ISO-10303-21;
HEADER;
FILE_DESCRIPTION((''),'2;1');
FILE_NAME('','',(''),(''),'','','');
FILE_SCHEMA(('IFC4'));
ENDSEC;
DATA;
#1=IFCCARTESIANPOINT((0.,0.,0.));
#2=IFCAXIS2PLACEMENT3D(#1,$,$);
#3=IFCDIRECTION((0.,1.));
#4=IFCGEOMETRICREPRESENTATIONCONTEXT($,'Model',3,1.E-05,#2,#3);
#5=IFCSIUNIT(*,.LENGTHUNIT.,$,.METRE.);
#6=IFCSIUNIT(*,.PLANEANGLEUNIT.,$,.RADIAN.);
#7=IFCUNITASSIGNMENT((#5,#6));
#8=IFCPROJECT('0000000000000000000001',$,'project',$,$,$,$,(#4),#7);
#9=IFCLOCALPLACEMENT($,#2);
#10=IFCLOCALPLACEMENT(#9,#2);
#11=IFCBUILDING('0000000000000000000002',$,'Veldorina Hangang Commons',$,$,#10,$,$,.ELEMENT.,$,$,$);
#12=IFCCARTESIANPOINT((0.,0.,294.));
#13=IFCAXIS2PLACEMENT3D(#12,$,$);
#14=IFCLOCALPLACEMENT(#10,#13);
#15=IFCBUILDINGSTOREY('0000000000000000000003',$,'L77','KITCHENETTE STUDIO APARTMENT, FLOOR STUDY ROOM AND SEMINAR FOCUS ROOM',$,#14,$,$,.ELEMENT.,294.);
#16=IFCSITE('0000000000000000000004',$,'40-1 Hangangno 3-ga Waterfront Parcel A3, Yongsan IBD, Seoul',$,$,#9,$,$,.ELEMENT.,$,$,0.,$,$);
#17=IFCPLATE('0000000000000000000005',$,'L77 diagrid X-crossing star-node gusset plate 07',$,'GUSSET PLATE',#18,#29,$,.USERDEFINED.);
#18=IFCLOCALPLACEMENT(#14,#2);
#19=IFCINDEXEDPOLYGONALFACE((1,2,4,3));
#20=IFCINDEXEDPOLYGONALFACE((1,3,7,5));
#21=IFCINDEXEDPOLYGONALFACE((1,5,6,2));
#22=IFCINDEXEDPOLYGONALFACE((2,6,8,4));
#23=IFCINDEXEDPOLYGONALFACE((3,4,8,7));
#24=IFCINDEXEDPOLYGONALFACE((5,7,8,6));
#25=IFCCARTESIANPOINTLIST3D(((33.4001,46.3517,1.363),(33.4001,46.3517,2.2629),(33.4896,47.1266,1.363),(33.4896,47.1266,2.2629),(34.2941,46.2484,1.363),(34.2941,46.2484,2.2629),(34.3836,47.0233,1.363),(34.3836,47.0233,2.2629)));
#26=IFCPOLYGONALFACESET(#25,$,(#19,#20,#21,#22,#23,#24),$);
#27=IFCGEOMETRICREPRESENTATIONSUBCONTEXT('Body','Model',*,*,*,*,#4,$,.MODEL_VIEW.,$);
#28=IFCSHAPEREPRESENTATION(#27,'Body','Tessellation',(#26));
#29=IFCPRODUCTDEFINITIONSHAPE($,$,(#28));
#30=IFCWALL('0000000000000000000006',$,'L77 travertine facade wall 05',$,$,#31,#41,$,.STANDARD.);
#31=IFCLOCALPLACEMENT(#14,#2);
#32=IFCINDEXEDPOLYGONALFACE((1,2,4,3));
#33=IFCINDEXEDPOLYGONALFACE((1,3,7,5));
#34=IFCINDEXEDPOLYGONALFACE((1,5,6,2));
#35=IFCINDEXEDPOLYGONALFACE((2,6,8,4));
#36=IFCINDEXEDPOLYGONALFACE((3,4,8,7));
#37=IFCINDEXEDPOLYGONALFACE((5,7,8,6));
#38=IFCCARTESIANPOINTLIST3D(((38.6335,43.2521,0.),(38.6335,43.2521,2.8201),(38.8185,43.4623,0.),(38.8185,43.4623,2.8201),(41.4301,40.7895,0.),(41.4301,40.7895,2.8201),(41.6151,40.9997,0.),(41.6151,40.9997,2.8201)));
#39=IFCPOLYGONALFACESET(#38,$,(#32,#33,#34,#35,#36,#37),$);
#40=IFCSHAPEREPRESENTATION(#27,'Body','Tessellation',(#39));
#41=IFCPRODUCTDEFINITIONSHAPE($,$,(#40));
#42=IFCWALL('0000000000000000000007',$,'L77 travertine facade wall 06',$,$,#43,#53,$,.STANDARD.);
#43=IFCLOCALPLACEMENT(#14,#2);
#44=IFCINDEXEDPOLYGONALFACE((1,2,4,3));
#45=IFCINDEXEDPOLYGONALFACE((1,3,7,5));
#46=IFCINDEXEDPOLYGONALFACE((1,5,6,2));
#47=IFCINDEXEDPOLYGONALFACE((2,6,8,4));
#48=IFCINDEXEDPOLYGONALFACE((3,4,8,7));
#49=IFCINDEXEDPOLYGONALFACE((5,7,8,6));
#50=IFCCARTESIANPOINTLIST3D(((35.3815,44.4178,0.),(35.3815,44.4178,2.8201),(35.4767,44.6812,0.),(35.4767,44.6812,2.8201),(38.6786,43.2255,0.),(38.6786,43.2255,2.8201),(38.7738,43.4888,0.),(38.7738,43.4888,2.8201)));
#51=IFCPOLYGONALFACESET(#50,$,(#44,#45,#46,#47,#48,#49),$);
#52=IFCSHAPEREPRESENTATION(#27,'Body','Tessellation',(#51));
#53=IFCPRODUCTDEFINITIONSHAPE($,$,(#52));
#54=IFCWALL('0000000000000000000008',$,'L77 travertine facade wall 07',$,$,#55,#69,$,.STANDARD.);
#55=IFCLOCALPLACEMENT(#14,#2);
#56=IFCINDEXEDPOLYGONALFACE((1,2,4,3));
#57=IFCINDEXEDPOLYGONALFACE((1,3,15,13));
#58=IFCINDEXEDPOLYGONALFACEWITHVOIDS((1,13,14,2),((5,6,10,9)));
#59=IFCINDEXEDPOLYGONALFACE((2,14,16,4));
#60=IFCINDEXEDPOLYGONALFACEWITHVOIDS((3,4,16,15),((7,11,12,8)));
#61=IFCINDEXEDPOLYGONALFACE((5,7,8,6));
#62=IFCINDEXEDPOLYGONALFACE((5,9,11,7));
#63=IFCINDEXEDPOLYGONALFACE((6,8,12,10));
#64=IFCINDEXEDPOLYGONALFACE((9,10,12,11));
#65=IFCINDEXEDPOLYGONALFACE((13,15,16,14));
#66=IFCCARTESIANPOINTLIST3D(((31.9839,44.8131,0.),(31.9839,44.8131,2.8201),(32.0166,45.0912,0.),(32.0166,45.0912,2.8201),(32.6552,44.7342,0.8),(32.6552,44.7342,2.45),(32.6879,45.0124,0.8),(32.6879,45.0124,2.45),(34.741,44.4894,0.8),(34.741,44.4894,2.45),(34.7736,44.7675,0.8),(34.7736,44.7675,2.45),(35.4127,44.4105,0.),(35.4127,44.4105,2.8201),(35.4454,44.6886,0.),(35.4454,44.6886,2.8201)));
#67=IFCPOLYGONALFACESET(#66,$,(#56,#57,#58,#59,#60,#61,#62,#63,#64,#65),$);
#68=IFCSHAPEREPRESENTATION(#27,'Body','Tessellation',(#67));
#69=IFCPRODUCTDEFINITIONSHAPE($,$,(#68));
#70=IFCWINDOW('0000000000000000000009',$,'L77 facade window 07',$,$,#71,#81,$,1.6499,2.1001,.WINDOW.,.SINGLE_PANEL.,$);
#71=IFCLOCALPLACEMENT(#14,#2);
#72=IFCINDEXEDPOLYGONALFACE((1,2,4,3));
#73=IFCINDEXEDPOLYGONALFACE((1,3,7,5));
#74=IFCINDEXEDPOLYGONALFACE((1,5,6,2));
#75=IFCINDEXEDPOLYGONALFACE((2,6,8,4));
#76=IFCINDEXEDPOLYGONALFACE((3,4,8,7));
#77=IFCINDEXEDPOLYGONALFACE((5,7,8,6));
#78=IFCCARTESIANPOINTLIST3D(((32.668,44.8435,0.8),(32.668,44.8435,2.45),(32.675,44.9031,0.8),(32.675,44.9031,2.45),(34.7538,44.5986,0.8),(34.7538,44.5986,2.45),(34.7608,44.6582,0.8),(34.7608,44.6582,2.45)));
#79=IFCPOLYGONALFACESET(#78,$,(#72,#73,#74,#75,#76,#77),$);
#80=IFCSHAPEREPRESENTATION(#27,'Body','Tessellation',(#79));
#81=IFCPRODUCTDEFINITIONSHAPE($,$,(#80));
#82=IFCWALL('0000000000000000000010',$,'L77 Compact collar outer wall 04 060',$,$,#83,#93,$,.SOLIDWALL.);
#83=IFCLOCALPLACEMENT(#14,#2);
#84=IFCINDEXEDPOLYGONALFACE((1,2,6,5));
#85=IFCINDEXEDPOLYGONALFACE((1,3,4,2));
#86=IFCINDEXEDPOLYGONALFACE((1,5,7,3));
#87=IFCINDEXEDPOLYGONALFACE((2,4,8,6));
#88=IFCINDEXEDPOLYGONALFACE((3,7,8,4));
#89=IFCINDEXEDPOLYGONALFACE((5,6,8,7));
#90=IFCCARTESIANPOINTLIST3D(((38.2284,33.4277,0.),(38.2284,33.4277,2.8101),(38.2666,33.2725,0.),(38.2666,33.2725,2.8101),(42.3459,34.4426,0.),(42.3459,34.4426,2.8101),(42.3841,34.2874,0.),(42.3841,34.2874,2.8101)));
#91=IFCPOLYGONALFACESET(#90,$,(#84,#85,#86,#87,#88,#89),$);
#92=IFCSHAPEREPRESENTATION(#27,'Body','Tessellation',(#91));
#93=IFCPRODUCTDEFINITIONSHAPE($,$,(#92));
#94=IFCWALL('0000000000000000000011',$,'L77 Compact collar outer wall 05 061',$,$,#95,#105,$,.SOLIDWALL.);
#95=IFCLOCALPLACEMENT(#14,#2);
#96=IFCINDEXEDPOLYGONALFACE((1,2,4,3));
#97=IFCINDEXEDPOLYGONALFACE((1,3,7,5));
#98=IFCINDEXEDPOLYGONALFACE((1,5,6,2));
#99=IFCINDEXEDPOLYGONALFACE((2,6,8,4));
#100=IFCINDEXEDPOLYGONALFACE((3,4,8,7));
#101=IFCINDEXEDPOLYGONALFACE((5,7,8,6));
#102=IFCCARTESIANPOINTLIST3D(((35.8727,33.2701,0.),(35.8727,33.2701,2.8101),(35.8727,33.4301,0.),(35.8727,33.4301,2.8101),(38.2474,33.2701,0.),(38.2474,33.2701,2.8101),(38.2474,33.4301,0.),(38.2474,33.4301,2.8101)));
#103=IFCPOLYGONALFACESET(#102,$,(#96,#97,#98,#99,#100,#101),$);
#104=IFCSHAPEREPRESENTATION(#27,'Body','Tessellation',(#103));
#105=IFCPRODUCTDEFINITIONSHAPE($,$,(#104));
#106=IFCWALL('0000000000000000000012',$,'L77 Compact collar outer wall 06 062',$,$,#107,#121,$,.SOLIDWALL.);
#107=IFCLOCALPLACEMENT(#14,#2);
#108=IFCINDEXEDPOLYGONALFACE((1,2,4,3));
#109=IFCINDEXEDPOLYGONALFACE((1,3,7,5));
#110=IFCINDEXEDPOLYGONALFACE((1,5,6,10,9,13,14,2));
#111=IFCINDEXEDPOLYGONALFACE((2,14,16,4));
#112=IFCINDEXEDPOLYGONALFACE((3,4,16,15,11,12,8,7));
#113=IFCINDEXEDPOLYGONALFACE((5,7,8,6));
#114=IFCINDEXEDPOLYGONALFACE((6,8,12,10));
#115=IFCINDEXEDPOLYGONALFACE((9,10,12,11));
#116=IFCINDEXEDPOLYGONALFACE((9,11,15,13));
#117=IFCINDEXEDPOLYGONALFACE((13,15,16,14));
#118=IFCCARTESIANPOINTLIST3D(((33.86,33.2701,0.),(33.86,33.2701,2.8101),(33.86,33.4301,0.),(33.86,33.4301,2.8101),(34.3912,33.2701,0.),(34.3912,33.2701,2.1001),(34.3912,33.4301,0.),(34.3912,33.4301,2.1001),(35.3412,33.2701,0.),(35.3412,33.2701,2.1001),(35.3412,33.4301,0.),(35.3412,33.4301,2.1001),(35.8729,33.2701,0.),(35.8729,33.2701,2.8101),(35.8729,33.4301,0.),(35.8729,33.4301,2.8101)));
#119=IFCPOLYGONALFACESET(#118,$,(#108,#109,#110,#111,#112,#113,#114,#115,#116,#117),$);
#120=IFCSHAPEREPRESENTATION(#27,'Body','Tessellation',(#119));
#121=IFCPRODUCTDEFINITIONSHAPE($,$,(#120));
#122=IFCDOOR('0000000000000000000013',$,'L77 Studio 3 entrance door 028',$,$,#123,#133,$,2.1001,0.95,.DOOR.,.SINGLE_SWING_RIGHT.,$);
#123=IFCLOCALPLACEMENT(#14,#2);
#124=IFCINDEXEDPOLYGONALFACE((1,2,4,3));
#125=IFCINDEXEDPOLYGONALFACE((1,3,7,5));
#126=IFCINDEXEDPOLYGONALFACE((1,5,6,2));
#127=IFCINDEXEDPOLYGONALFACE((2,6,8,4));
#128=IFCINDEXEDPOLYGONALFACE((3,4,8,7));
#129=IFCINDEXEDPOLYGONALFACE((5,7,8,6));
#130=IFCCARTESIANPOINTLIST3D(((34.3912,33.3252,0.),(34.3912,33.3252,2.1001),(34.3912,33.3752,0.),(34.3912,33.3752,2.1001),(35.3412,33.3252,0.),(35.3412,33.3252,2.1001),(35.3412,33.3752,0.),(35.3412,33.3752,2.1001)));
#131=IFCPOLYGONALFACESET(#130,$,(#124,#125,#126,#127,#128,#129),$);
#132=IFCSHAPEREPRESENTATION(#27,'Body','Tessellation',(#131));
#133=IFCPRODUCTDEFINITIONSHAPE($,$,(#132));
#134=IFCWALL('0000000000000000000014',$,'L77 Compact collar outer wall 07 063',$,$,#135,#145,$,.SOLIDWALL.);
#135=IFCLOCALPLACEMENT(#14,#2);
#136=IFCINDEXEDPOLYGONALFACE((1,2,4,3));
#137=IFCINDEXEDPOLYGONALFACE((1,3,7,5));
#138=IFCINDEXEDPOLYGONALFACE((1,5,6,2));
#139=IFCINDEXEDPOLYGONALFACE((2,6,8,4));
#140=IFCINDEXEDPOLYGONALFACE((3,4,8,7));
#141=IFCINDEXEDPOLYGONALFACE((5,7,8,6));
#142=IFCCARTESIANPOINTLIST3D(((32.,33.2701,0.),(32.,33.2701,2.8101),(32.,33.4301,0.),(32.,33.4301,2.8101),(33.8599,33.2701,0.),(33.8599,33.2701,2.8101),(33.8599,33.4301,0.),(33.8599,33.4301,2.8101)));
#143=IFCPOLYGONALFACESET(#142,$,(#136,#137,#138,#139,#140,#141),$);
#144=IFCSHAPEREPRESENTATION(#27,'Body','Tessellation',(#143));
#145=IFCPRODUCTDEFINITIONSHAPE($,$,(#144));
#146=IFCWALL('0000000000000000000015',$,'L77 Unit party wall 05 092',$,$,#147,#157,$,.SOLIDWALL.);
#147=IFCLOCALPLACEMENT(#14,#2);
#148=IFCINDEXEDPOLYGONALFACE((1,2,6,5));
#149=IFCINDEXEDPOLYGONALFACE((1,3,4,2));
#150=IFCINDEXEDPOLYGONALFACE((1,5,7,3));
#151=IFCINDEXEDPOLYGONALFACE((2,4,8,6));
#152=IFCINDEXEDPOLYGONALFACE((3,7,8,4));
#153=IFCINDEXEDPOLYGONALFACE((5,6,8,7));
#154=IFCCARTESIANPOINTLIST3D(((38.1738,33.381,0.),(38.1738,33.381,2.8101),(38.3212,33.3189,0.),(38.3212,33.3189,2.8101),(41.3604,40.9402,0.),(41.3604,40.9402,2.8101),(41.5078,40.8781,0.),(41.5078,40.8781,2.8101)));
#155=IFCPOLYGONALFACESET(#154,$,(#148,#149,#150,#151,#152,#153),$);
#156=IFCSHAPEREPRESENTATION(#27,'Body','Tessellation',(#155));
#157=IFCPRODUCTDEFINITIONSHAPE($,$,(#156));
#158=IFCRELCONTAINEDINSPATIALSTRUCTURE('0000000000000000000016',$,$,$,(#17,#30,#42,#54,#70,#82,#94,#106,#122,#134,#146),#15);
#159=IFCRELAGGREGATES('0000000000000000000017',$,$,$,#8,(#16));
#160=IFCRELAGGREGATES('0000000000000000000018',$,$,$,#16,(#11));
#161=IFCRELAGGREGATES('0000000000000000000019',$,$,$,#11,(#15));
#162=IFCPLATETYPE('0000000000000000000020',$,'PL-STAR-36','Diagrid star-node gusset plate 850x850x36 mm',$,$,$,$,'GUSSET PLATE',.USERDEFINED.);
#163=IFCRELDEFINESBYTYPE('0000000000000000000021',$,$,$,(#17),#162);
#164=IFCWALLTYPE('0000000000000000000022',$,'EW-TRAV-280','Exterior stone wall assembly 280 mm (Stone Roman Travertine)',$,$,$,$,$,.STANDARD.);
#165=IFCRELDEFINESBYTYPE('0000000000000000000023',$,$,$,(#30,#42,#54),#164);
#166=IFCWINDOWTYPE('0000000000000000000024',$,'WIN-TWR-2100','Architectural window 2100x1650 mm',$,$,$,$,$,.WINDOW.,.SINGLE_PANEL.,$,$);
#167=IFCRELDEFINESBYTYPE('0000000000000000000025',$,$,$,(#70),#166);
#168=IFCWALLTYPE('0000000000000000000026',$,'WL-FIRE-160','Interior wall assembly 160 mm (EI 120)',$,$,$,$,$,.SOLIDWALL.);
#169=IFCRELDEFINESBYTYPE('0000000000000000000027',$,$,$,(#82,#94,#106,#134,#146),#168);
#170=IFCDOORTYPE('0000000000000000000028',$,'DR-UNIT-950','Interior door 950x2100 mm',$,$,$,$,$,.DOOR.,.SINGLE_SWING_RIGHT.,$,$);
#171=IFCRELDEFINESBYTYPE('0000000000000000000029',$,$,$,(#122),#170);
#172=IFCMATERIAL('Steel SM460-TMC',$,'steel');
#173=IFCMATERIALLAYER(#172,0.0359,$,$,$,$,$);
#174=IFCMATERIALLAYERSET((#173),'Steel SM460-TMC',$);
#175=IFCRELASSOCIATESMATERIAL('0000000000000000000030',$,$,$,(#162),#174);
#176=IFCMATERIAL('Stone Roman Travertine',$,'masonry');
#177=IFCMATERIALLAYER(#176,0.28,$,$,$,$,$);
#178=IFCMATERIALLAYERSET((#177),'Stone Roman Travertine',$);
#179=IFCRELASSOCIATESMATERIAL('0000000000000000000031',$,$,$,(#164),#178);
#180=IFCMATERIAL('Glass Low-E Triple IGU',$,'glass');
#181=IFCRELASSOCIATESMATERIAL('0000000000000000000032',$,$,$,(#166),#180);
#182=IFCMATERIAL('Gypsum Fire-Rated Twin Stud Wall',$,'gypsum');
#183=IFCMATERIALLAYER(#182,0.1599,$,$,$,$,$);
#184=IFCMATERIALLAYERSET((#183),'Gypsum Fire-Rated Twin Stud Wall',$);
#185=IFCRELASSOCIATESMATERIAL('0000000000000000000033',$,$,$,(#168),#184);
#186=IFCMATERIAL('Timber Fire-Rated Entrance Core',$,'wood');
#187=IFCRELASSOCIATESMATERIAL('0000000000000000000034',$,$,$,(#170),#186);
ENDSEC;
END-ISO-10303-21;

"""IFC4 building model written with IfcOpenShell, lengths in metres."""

from ifc_helpers import new_model, si_unit, direction, frame, frame_2d, origin, origin_2d, place, context, subcontext, project, spatial, rectangle, extrude, material, layer, layer_set, type_object, element, fill, save


model = new_model("IFC4")

# Units and contexts
model_context = context("Model", 3, precision=1e-05, world=origin(), true_north=direction((0.0, 1.0)))
body_context = subcontext(model_context, "Body", "Model", "MODEL_VIEW")
ifc_project = project(units=[si_unit("LENGTHUNIT", "METRE"), si_unit("PLANEANGLEUNIT", "RADIAN")], contexts=[model_context])

# Site, building, storey
site_placement = place(None, origin())
site = spatial("IfcSite", under=ifc_project, at=site_placement, Name="40-1 Hangangno 3-ga Waterfront Parcel A3, Yongsan IBD, Seoul", CompositionType="ELEMENT", RefElevation=0.0)
building_placement = place(site_placement, origin())
building = spatial("IfcBuilding", under=site, at=building_placement, Name="Veldorina Hangang Commons", CompositionType="ELEMENT")
storey_placement = place(building_placement, frame((0.0, 0.0, 294.0)))
storey = spatial("IfcBuildingStorey", under=building, at=storey_placement, Name="L77", Description="KITCHENETTE STUDIO APARTMENT, FLOOR STUDY ROOM AND SEMINAR FOCUS ROOM", CompositionType="ELEMENT", Elevation=294.0)

# Shared definitions
ifc_material_1 = material(Name="Steel SM460-TMC", Category="steel")

# Plate
ifc_layer_1 = layer(ifc_material_1, 0.0359)
ifc_layer_set_1 = layer_set([ifc_layer_1], Name="Steel SM460-TMC")
plate_type = type_object("IfcPlateType", Name="PL-STAR-36", Description="Diagrid star-node gusset plate 850x850x36 mm", ElementType="GUSSET PLATE", PredefinedType="USERDEFINED", material=ifc_layer_set_1)
plate_1_placement = place(storey_placement, frame((33.8918, 46.6875, 1.363), z_axis=(0.0, 0.0, 1.0), x_axis=(-0.993397, 0.114729, 0.0)))
element("IfcPlate", 1, at=plate_1_placement, inside=storey, type_object=plate_type, Name="L77 diagrid X-crossing star-node gusset plate 07", ObjectType="GUSSET PLATE", PredefinedType="USERDEFINED", context=body_context, shape_type="SweptSolid", body=[
    extrude(rectangle(XDim=0.8999, YDim=0.78, at=origin_2d()), origin(), (0.0, 0.0, 1.0), 0.8999),
])

# Walls
ifc_material_2 = material(Name="Stone Roman Travertine", Category="masonry")
ifc_layer_2 = layer(ifc_material_2, 0.28)
ifc_layer_set_2 = layer_set([ifc_layer_2], Name="Stone Roman Travertine")
wall_type_1 = type_object("IfcWallType", Name="EW-TRAV-280", Description="Exterior stone wall assembly 280 mm (Stone Roman Travertine)", PredefinedType="STANDARD", material=ifc_layer_set_2)
wall_1_placement = place(storey_placement, frame((41.5227, 40.8945, 0.0), z_axis=(0.0, 0.0, 1.0), x_axis=(-0.750499, 0.660872, 0.0)))
element("IfcWall", 2, at=wall_1_placement, inside=storey, type_object=wall_type_1, Name="L77 travertine facade wall 05", PredefinedType="STANDARD", context=body_context, shape_type="SweptSolid", body=[
    extrude(rectangle(XDim=3.7263, YDim=0.28, at=frame_2d((1.8633, 0.0))), origin(), (0.0, 0.0, 1.0), 2.8201),
])
wall_2_placement = place(storey_placement, frame((38.7261, 43.3572, 0.0), z_axis=(0.0, 0.0, 1.0), x_axis=(-0.940394, 0.340088, 0.0)))
element("IfcWall", 3, at=wall_2_placement, inside=storey, type_object=wall_type_1, Name="L77 travertine facade wall 06", PredefinedType="STANDARD", context=body_context, shape_type="SweptSolid", body=[
    extrude(rectangle(XDim=3.5061, YDim=0.28, at=frame_2d((1.7529, 0.0))), origin(), (0.0, 0.0, 1.0), 2.8201),
])

# Wall, opening, window
wall_3_placement = place(storey_placement, frame((35.429, 44.5496, 0.0), z_axis=(0.0, 0.0, 1.0), x_axis=(-0.993178, 0.116607, 0.0)))
wall_3 = element("IfcWall", 4, at=wall_3_placement, inside=storey, type_object=wall_type_1, Name="L77 travertine facade wall 07", PredefinedType="STANDARD", context=body_context, shape_type="SweptSolid", body=[
    extrude(rectangle(XDim=3.4524, YDim=0.28, at=frame_2d((1.7261, 0.0))), origin(), (0.0, 0.0, 1.0), 2.8201),
])
opening_1_placement = place(wall_3_placement, frame((0.6763, 0.0, 0.8)))
opening_1 = element("IfcOpeningElement", 5, at=opening_1_placement, cuts=wall_3, PredefinedType="OPENING", context=body_context, shape_type="SweptSolid", body=[
    extrude(rectangle(XDim=2.1001, YDim=1.6499, at=frame_2d((1.05, 0.825))), frame((0.0, 0.1499, 0.0), z_axis=(0.0, -1.0, 0.0), x_axis=(1.0, 0.0, 0.0)), (0.0, 0.0, 1.0), 0.3),
])
ifc_material_3 = material(Name="Glass Low-E Triple IGU", Category="glass")
window_type = type_object("IfcWindowType", Name="WIN-TWR-2100", Description="Architectural window 2100x1650 mm", PartitioningType="SINGLE_PANEL", PredefinedType="WINDOW", material=ifc_material_3)
window_placement = place(opening_1_placement, origin())
window = element("IfcWindow", 6, at=window_placement, inside=storey, type_object=window_type, Name="L77 facade window 07", OverallHeight=1.6499, OverallWidth=2.1001, PartitioningType="SINGLE_PANEL", PredefinedType="WINDOW", context=body_context, shape_type="SweptSolid", body=[
    extrude(rectangle(XDim=2.1001, YDim=1.6499, at=frame_2d((1.05, 0.825))), frame((0.0, 0.03, 0.0), z_axis=(0.0, -1.0, 0.0), x_axis=(1.0, 0.0, 0.0)), (0.0, 0.0, 1.0), 0.0601),
])
fill(opening_1, window)

# Walls
ifc_material_4 = material(Name="Gypsum Fire-Rated Twin Stud Wall", Category="gypsum")
ifc_layer_3 = layer(ifc_material_4, 0.1599)
ifc_layer_set_3 = layer_set([ifc_layer_3], Name="Gypsum Fire-Rated Twin Stud Wall")
wall_type_2 = type_object("IfcWallType", Name="WL-FIRE-160", Description="Interior wall assembly 160 mm (EI 120)", PredefinedType="SOLIDWALL", material=ifc_layer_set_3)
wall_4_placement = place(storey_placement, frame((42.365, 34.365, 0.0), z_axis=(0.0, 0.0, 1.0), x_axis=(-0.97094, -0.239324, 0.0)))
element("IfcWall", 7, at=wall_4_placement, inside=storey, type_object=wall_type_2, Name="L77 Compact collar outer wall 04 060", PredefinedType="SOLIDWALL", context=body_context, shape_type="SweptSolid", body=[
    extrude(rectangle(XDim=4.2407, YDim=0.1599, at=frame_2d((2.1204, 0.0))), origin(), (0.0, 0.0, 1.0), 2.8101),
])
wall_5_placement = place(storey_placement, frame((38.2476, 33.3501, 0.0), z_axis=(0.0, 0.0, 1.0), x_axis=(-1.0, 0.0, 0.0)))
element("IfcWall", 8, at=wall_5_placement, inside=storey, type_object=wall_type_2, Name="L77 Compact collar outer wall 05 061", PredefinedType="SOLIDWALL", context=body_context, shape_type="SweptSolid", body=[
    extrude(rectangle(XDim=2.3748, YDim=0.1599, at=frame_2d((1.1875, 0.0))), origin(), (0.0, 0.0, 1.0), 2.8101),
])

# Wall, opening, door
wall_6_placement = place(storey_placement, frame((35.8728, 33.3501, 0.0), z_axis=(0.0, 0.0, 1.0), x_axis=(-1.0, 0.0, 0.0)))
wall_6 = element("IfcWall", 9, at=wall_6_placement, inside=storey, type_object=wall_type_2, Name="L77 Compact collar outer wall 06 062", PredefinedType="SOLIDWALL", context=body_context, shape_type="SweptSolid", body=[
    extrude(rectangle(XDim=2.0129, YDim=0.1599, at=frame_2d((1.0063, 0.0))), origin(), (0.0, 0.0, 1.0), 2.8101),
])
opening_2_placement = place(wall_6_placement, frame((0.5315, 0.0, 0.0)))
opening_2 = element("IfcOpeningElement", 10, at=opening_2_placement, cuts=wall_6, PredefinedType="OPENING", context=body_context, shape_type="SweptSolid", body=[
    extrude(rectangle(XDim=0.95, YDim=2.1001, at=frame_2d((0.4751, 1.05))), frame((0.0, 0.0898, 0.0), z_axis=(0.0, -1.0, 0.0), x_axis=(1.0, 0.0, 0.0)), (0.0, 0.0, 1.0), 0.1799),
])
ifc_material_5 = material(Name="Timber Fire-Rated Entrance Core", Category="wood")
door_type_1 = type_object("IfcDoorType", Name="DR-UNIT-950", Description="Interior door 950x2100 mm", OperationType="SINGLE_SWING_RIGHT", PredefinedType="DOOR", material=ifc_material_5)
door_1_placement = place(opening_2_placement, origin())
door_1 = element("IfcDoor", 11, at=door_1_placement, inside=storey, type_object=door_type_1, Name="L77 Studio 3 entrance door 028", OperationType="SINGLE_SWING_RIGHT", OverallHeight=2.1001, OverallWidth=0.95, PredefinedType="DOOR", context=body_context, shape_type="SweptSolid", body=[
    extrude(rectangle(XDim=0.95, YDim=2.1001, at=frame_2d((0.4751, 1.05))), frame((0.0, 0.0249, 0.0), z_axis=(0.0, -1.0, 0.0), x_axis=(1.0, 0.0, 0.0)), (0.0, 0.0, 1.0), 0.05),
])
fill(opening_2, door_1)

# Walls
wall_7_placement = place(storey_placement, frame((33.8599, 33.3501, 0.0), z_axis=(0.0, 0.0, 1.0), x_axis=(-1.0, 0.0, 0.0)))
element("IfcWall", 12, at=wall_7_placement, inside=storey, type_object=wall_type_2, Name="L77 Compact collar outer wall 07 063", PredefinedType="SOLIDWALL", context=body_context, shape_type="SweptSolid", body=[
    extrude(rectangle(XDim=1.8599, YDim=0.1599, at=frame_2d((0.9299, 0.0))), origin(), (0.0, 0.0, 1.0), 2.8101),
])
wall_8_placement = place(storey_placement, frame((38.2476, 33.3501, 0.0), z_axis=(0.0, 0.0, 1.0), x_axis=(0.388445, 0.921472, 0.0)))
element("IfcWall", 13, at=wall_8_placement, inside=storey, type_object=wall_type_2, Name="L77 Unit party wall 05 092", PredefinedType="SOLIDWALL", context=body_context, shape_type="SweptSolid", body=[
    extrude(rectangle(XDim=8.2034, YDim=0.1599, at=frame_2d((4.1016, 0.0))), origin(), (0.0, 0.0, 1.0), 2.8101),
])

save(model, "model.ifc")
